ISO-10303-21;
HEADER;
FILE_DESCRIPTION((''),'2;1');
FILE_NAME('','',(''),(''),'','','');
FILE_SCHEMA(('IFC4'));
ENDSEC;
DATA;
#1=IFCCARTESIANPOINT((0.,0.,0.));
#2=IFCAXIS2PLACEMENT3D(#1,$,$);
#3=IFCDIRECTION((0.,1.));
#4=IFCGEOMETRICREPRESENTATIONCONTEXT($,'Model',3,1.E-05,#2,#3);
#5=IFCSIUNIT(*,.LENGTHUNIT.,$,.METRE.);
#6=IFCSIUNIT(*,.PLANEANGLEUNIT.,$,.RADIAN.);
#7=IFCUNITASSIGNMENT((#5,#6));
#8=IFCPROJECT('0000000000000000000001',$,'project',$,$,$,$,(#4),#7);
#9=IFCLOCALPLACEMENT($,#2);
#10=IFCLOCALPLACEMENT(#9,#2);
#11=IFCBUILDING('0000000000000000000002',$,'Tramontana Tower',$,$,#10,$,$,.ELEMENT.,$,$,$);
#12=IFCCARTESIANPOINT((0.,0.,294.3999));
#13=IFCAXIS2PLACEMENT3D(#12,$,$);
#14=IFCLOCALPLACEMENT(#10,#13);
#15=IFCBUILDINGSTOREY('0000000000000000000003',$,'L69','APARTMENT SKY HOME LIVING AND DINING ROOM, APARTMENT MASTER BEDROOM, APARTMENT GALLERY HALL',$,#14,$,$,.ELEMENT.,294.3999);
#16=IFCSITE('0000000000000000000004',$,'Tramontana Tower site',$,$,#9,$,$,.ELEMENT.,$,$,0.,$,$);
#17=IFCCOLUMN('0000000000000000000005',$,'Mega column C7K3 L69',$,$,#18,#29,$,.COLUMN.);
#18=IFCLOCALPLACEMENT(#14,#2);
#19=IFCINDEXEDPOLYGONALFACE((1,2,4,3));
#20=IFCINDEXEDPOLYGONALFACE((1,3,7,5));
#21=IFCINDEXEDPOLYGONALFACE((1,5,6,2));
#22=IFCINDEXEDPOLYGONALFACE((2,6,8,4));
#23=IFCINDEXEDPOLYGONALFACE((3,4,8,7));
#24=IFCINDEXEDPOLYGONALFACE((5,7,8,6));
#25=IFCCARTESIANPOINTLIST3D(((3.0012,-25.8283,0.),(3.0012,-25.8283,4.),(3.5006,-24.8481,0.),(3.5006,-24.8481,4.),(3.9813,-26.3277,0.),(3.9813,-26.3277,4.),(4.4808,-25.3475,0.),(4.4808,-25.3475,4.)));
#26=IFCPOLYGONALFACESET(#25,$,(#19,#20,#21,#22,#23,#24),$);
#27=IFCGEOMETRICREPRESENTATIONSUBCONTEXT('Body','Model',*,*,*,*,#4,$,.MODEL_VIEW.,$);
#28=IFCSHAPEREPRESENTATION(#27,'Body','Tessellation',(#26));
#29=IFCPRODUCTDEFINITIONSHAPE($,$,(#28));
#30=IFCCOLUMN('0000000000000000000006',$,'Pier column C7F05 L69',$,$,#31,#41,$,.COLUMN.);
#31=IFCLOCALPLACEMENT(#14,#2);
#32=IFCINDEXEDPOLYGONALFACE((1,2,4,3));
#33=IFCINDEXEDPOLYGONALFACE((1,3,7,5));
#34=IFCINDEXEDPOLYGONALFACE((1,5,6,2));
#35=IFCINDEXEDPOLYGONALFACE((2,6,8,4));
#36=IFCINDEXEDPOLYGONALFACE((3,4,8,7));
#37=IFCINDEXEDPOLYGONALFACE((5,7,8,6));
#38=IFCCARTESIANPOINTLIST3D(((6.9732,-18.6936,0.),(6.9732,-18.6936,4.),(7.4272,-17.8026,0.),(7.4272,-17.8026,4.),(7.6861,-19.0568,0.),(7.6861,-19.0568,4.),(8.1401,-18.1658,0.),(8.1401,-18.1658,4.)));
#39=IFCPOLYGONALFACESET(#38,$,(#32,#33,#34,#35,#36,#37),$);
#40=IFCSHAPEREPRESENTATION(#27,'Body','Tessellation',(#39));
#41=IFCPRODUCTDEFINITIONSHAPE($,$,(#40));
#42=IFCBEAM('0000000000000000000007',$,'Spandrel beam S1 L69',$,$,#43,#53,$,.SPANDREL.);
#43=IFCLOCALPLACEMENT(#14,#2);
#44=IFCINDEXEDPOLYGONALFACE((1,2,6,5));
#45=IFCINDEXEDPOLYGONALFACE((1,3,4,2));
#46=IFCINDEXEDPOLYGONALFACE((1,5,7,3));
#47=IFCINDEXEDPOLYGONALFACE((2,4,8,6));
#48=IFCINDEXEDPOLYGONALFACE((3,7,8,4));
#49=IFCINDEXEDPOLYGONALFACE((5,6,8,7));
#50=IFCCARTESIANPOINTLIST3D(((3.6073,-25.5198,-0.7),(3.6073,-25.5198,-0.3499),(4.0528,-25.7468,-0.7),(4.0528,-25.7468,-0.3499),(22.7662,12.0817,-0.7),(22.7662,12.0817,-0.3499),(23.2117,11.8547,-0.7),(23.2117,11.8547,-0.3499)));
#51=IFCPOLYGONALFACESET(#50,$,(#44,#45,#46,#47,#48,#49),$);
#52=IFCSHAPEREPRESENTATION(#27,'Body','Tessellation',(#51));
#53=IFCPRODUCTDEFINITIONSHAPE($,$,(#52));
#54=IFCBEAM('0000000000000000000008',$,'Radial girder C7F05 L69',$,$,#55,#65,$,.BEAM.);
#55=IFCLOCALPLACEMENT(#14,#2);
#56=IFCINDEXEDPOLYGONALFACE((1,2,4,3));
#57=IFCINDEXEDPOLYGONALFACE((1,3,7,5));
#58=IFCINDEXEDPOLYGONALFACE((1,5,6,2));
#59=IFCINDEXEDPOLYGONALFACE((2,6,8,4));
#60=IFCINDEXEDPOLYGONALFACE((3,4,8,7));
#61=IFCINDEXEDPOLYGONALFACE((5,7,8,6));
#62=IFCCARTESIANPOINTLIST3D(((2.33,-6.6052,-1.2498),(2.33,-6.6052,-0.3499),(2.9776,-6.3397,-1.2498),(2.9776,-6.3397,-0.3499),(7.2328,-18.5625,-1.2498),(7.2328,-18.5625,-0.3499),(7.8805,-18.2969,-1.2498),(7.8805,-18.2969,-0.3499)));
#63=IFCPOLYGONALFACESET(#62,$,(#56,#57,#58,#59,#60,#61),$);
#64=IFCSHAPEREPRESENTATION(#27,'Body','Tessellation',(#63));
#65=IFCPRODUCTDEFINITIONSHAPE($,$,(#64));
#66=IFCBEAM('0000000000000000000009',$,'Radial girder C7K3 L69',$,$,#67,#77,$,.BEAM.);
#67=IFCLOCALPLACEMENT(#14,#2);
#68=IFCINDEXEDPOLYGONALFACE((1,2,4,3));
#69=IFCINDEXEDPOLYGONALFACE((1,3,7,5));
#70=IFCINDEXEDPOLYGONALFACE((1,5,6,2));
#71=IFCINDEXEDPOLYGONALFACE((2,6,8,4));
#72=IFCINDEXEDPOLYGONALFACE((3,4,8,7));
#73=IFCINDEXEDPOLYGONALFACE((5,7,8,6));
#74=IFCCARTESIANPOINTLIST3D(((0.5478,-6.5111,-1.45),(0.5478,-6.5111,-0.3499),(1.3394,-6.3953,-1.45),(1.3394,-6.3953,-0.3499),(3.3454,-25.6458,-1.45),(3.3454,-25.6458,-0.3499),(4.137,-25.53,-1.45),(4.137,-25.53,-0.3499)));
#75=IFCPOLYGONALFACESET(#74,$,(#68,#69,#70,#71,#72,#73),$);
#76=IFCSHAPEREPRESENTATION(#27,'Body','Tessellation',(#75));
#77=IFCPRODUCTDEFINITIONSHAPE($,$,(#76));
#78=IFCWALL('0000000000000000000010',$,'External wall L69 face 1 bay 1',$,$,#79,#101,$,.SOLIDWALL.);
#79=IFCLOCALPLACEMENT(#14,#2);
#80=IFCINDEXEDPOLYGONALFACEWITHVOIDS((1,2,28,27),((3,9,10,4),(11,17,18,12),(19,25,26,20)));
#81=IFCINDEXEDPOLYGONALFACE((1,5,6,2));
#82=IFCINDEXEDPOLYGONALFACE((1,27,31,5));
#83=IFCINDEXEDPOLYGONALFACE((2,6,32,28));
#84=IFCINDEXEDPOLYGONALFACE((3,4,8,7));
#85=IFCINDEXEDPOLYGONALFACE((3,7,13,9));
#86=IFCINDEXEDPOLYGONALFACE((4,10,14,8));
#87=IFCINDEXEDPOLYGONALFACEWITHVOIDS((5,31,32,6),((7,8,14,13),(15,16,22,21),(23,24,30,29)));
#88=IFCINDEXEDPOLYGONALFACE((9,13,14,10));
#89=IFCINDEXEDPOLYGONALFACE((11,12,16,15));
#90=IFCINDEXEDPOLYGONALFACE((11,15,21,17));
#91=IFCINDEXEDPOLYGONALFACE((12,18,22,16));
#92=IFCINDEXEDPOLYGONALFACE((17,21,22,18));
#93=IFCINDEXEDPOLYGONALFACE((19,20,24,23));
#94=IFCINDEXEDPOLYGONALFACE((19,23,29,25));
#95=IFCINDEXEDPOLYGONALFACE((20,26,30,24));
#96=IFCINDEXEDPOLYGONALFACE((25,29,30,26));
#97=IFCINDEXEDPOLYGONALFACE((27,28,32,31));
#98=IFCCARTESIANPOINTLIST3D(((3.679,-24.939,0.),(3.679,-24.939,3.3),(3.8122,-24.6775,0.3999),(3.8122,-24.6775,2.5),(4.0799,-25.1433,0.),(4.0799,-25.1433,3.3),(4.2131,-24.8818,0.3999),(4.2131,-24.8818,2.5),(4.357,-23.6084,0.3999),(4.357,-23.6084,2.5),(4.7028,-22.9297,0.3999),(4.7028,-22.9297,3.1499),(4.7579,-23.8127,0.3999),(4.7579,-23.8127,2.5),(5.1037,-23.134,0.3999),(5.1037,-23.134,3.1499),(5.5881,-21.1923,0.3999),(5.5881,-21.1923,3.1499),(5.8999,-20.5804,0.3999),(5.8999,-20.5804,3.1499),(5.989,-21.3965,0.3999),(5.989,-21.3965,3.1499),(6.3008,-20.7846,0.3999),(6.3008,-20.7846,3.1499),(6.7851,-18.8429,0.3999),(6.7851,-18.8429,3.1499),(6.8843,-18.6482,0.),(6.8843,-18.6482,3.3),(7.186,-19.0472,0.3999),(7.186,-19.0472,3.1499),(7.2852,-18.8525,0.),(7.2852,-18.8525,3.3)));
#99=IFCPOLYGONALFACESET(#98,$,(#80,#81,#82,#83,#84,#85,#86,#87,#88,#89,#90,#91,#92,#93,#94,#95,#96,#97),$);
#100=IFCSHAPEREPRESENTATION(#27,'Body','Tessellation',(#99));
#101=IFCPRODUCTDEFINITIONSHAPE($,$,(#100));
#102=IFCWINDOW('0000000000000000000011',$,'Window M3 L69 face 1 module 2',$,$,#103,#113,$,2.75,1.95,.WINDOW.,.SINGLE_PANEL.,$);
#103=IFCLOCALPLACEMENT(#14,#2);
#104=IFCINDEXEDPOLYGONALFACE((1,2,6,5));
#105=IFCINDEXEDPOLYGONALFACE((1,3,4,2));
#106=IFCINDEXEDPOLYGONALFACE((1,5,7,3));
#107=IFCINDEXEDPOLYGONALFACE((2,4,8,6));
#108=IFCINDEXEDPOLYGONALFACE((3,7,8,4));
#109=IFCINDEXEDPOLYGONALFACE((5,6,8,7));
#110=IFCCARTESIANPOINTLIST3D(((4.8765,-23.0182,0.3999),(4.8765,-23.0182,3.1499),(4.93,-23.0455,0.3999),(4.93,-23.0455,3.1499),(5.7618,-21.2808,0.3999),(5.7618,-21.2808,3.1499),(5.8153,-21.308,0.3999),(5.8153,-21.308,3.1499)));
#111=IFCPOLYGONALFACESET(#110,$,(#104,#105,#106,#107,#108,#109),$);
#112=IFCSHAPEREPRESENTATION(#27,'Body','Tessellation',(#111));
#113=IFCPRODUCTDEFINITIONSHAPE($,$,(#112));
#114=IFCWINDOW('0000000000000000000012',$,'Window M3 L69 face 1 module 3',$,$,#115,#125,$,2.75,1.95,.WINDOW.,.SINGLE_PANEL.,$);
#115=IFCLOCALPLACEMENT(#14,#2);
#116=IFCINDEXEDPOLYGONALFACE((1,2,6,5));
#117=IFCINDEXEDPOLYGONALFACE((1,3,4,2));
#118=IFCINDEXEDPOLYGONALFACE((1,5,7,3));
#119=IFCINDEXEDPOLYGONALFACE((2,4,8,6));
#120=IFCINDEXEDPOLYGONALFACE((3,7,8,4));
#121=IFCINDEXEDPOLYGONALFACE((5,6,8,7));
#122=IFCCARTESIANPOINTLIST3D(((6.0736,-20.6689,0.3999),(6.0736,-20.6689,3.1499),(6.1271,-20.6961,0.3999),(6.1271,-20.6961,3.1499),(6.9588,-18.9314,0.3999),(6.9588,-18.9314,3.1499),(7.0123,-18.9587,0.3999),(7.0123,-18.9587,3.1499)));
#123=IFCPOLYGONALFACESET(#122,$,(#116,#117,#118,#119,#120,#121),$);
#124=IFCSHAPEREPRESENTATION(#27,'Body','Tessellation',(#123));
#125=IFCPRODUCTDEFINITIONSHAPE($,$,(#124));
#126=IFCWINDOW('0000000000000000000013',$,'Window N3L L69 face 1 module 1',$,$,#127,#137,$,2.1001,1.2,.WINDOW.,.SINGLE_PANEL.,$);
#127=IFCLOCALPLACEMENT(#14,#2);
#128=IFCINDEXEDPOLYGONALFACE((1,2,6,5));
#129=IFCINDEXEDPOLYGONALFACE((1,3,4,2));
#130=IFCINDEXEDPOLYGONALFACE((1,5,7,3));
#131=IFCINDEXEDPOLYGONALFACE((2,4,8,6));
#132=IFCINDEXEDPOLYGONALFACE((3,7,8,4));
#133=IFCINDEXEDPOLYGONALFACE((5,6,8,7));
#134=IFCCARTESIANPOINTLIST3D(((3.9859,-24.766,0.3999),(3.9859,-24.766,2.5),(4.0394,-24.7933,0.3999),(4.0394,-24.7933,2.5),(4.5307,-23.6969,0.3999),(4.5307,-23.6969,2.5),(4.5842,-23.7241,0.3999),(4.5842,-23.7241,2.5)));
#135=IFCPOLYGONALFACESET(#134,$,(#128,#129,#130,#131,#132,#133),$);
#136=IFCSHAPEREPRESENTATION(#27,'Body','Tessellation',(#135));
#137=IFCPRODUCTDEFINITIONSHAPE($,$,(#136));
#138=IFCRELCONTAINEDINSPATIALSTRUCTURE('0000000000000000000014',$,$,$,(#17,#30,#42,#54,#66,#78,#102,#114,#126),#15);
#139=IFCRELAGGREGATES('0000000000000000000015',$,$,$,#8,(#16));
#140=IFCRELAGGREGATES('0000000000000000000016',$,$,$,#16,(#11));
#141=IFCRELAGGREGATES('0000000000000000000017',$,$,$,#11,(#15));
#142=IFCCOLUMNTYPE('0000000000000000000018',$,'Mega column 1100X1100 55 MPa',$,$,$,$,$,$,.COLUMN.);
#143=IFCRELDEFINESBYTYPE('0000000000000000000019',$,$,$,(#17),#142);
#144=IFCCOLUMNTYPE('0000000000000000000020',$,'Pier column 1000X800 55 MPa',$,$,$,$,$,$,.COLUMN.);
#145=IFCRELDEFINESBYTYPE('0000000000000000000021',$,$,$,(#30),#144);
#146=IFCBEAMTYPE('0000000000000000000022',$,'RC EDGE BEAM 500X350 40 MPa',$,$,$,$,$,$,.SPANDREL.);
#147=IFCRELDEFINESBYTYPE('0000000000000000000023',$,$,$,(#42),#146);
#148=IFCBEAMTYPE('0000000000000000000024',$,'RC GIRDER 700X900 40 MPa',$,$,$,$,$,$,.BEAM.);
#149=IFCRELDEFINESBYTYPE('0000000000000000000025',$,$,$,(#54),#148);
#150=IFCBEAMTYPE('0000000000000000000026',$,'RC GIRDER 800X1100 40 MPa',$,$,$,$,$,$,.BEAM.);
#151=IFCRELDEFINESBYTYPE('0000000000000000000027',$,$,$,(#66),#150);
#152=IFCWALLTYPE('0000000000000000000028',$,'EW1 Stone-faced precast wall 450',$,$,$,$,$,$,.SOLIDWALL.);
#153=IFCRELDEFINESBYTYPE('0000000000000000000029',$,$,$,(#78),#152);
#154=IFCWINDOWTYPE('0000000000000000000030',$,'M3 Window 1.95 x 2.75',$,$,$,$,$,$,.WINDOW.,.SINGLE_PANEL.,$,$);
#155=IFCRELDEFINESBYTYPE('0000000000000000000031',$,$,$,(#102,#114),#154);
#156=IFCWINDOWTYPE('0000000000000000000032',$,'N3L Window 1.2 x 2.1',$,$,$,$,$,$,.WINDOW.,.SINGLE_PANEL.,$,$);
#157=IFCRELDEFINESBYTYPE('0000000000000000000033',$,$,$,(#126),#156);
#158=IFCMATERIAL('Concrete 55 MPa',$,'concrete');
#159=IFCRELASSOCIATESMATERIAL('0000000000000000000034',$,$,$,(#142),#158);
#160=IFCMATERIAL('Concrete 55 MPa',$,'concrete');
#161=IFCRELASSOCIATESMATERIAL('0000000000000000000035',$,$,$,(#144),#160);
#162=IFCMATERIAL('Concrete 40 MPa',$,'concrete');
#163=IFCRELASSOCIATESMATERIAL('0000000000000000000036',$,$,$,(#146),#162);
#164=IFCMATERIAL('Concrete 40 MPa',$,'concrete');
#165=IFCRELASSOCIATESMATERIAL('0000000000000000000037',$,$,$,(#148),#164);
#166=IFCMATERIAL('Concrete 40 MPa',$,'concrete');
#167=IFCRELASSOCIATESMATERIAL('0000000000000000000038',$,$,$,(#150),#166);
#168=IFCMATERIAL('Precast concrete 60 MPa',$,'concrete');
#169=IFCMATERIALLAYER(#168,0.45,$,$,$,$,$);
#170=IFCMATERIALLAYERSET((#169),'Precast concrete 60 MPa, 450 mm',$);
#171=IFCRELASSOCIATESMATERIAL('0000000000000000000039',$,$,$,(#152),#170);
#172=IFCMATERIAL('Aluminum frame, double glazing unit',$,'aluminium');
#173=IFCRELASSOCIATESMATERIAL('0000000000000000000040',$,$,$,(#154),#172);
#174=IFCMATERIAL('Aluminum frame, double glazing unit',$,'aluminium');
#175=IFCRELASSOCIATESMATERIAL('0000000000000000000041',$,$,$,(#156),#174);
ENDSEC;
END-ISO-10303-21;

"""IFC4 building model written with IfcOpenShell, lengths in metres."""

from ifc_helpers import new_model, si_unit, direction, frame, frame_2d, origin, origin_2d, place, context, subcontext, project, spatial, rectangle, extrude, material, layer, layer_set, material_profile, profile_set, type_object, element, fill, save


model = new_model("IFC4")

# Units and contexts
model_context = context("Model", 3, precision=1e-05, world=origin(), true_north=direction((0.0, 1.0)))
body_context = subcontext(model_context, "Body", "Model", "MODEL_VIEW")
ifc_project = project(units=[si_unit("LENGTHUNIT", "METRE"), si_unit("PLANEANGLEUNIT", "RADIAN")], contexts=[model_context])

# Site, building, storey
site_placement = place(None, origin())
site = spatial("IfcSite", under=ifc_project, at=site_placement, Name="Tramontana Tower site", CompositionType="ELEMENT", RefElevation=0.0)
building_placement = place(site_placement, origin())
building = spatial("IfcBuilding", under=site, at=building_placement, Name="Tramontana Tower", CompositionType="ELEMENT")
storey_placement = place(building_placement, frame((0.0, 0.0, 294.3999)))
storey = spatial("IfcBuildingStorey", under=building, at=storey_placement, Name="L69", Description="APARTMENT SKY HOME LIVING AND DINING ROOM, APARTMENT MASTER BEDROOM, APARTMENT GALLERY HALL", CompositionType="ELEMENT", Elevation=294.3999)

# Columns
ifc_material_1 = material(Name="Concrete 55 MPa", Category="concrete")
ifc_material_profile_1 = material_profile(ifc_material_1, rectangle(XDim=1.1001, YDim=1.1001, at=origin_2d()), Name="Mega column 1100X1100 55 MPa")
ifc_profile_set_1 = profile_set([ifc_material_profile_1], Name="Concrete 55 MPa")
column_type_1 = type_object("IfcColumnType", Name="Mega column 1100X1100 55 MPa", PredefinedType="COLUMN", material=ifc_profile_set_1)
column_1_placement = place(storey_placement, frame((3.741, -25.5879, 0.0), z_axis=(0.0, 0.0, 1.0), x_axis=(0.45399, 0.891007, 0.0)))
element("IfcColumn", 1, at=column_1_placement, inside=storey, type_object=column_type_1, Name="Mega column C7K3 L69", PredefinedType="COLUMN", context=body_context, shape_type="SweptSolid", body=[
    extrude(rectangle(XDim=1.1001, YDim=1.1001, at=origin_2d()), origin(), (0.0, 0.0, 1.0), 4.0),
])
ifc_material_2 = material(Name="Concrete 55 MPa", Category="concrete")
ifc_material_profile_2 = material_profile(ifc_material_2, rectangle(XDim=1.0, YDim=0.8, at=origin_2d()), Name="Pier column 1000X800 55 MPa")
ifc_profile_set_2 = profile_set([ifc_material_profile_2], Name="Concrete 55 MPa")
column_type_2 = type_object("IfcColumnType", Name="Pier column 1000X800 55 MPa", PredefinedType="COLUMN", material=ifc_profile_set_2)
column_2_placement = place(storey_placement, frame((7.5566, -18.4297, 0.0), z_axis=(0.0, 0.0, 1.0), x_axis=(0.45399, 0.891007, 0.0)))
element("IfcColumn", 2, at=column_2_placement, inside=storey, type_object=column_type_2, Name="Pier column C7F05 L69", PredefinedType="COLUMN", context=body_context, shape_type="SweptSolid", body=[
    extrude(rectangle(XDim=1.0, YDim=0.8, at=origin_2d()), origin(), (0.0, 0.0, 1.0), 4.0),
])

# Beams
ifc_material_3 = material(Name="Concrete 40 MPa", Category="concrete")
ifc_material_profile_3 = material_profile(ifc_material_3, rectangle(XDim=0.5, YDim=0.3501, at=origin_2d()), Name="RC EDGE BEAM 500X350 40 MPa")
ifc_profile_set_3 = profile_set([ifc_material_profile_3], Name="Concrete 40 MPa")
beam_type_1 = type_object("IfcBeamType", Name="RC EDGE BEAM 500X350 40 MPa", PredefinedType="SPANDREL", material=ifc_profile_set_3)
beam_1_placement = place(storey_placement, frame((3.8301, -25.6333, -0.5249), z_axis=(0.45399, 0.891007, 0.0), x_axis=(-0.891007, 0.45399, 0.0)))
element("IfcBeam", 3, at=beam_1_placement, inside=storey, type_object=beam_type_1, Name="Spandrel beam S1 L69", PredefinedType="SPANDREL", context=body_context, shape_type="SweptSolid", body=[
    extrude(rectangle(XDim=0.5, YDim=0.3501, at=origin_2d()), origin(), (0.0, 0.0, 1.0), 42.2012),
])
ifc_material_4 = material(Name="Concrete 40 MPa", Category="concrete")
ifc_material_profile_4 = material_profile(ifc_material_4, rectangle(XDim=0.7, YDim=0.8999, at=origin_2d()), Name="RC GIRDER 700X900 40 MPa")
ifc_profile_set_4 = profile_set([ifc_material_profile_4], Name="Concrete 40 MPa")
beam_type_2 = type_object("IfcBeamType", Name="RC GIRDER 700X900 40 MPa", PredefinedType="BEAM", material=ifc_profile_set_4)
beam_2_placement = place(storey_placement, frame((7.5566, -18.4297, -0.7998), z_axis=(-0.379376, 0.925242, 0.0), x_axis=(-0.925242, -0.379376, 0.0)))
element("IfcBeam", 4, at=beam_2_placement, inside=storey, type_object=beam_type_2, Name="Radial girder C7F05 L69", PredefinedType="BEAM", context=body_context, shape_type="SweptSolid", body=[
    extrude(rectangle(XDim=0.7, YDim=0.8999, at=origin_2d()), origin(), (0.0, 0.0, 1.0), 12.9233),
])
ifc_material_5 = material(Name="Concrete 40 MPa", Category="concrete")
ifc_material_profile_5 = material_profile(ifc_material_5, rectangle(XDim=0.8, YDim=1.1001, at=origin_2d()), Name="RC GIRDER 800X1100 40 MPa")
ifc_profile_set_5 = profile_set([ifc_material_profile_5], Name="Concrete 40 MPa")
beam_type_3 = type_object("IfcBeamType", Name="RC GIRDER 800X1100 40 MPa", PredefinedType="BEAM", material=ifc_profile_set_5)
beam_3_placement = place(storey_placement, frame((3.7412, -25.5879, -0.8999), z_axis=(-0.144667, 0.98948, 0.0), x_axis=(-0.98948, -0.144667, 0.0)))
element("IfcBeam", 5, at=beam_3_placement, inside=storey, type_object=beam_type_3, Name="Radial girder C7K3 L69", PredefinedType="BEAM", context=body_context, shape_type="SweptSolid", body=[
    extrude(rectangle(XDim=0.8, YDim=1.1001, at=origin_2d()), origin(), (0.0, 0.0, 1.0), 19.3381),
])

# Wall, openings, windows
ifc_material_6 = material(Name="Precast concrete 60 MPa", Category="concrete")
ifc_layer_1 = layer(ifc_material_6, 0.45)
ifc_layer_set_1 = layer_set([ifc_layer_1], Name="Precast concrete 60 MPa, 450 mm")
wall_type_1 = type_object("IfcWallType", Name="EW1 Stone-faced precast wall 450", PredefinedType="SOLIDWALL", material=ifc_layer_set_1)
wall_1_placement = place(storey_placement, frame((3.8794, -25.0413, 0.0), z_axis=(0.0, 0.0, 1.0), x_axis=(0.453992, 0.891006, 0.0)))
wall_1 = element("IfcWall", 6, at=wall_1_placement, inside=storey, type_object=wall_type_1, Name="External wall L69 face 1 bay 1", PredefinedType="SOLIDWALL", context=body_context, shape_type="SweptSolid", body=[
    extrude(rectangle(XDim=7.0603, YDim=0.45, at=frame_2d((3.5303, 0.0))), origin(), (0.0, 0.0, 1.0), 3.3),
])
opening_1_placement = place(wall_1_placement, frame((0.2935, 0.0, 0.3999)))
opening_1 = element("IfcOpeningElement", 7, at=opening_1_placement, cuts=wall_1, PredefinedType="OPENING", context=body_context, shape_type="SweptSolid", body=[
    extrude(rectangle(XDim=1.2, YDim=2.1001, at=frame_2d((0.6001, 1.05))), frame((0.0, 0.2349, 0.0), z_axis=(0.0, -1.0, 0.0), x_axis=(1.0, 0.0, 0.0)), (0.0, 0.0, 1.0), 0.47),
])
opening_2_placement = place(wall_1_placement, frame((2.2551, 0.0, 0.3999)))
opening_2 = element("IfcOpeningElement", 8, at=opening_2_placement, cuts=wall_1, PredefinedType="OPENING", context=body_context, shape_type="SweptSolid", body=[
    extrude(rectangle(XDim=1.95, YDim=2.75, at=frame_2d((0.9751, 1.375))), frame((0.0, 0.2349, 0.0), z_axis=(0.0, -1.0, 0.0), x_axis=(1.0, 0.0, 0.0)), (0.0, 0.0, 1.0), 0.47),
])
opening_3_placement = place(wall_1_placement, frame((4.8918, 0.0, 0.3999)))
opening_3 = element("IfcOpeningElement", 9, at=opening_3_placement, cuts=wall_1, PredefinedType="OPENING", context=body_context, shape_type="SweptSolid", body=[
    extrude(rectangle(XDim=1.95, YDim=2.75, at=frame_2d((0.9751, 1.375))), frame((0.0, 0.2349, 0.0), z_axis=(0.0, -1.0, 0.0), x_axis=(1.0, 0.0, 0.0)), (0.0, 0.0, 1.0), 0.47),
])
ifc_material_7 = material(Name="Aluminum frame, double glazing unit", Category="aluminium")
window_type_1 = type_object("IfcWindowType", Name="M3 Window 1.95 x 2.75", PartitioningType="SINGLE_PANEL", PredefinedType="WINDOW", material=ifc_material_7)
window_1_placement = place(opening_2_placement, origin())
window_1 = element("IfcWindow", 10, at=window_1_placement, inside=storey, type_object=window_type_1, Name="Window M3 L69 face 1 module 2", OverallHeight=2.75, OverallWidth=1.95, PartitioningType="SINGLE_PANEL", PredefinedType="WINDOW", context=body_context, shape_type="SweptSolid", body=[
    extrude(rectangle(XDim=1.95, YDim=2.75, at=frame_2d((0.9751, 1.375))), frame((0.0, 0.03, 0.0), z_axis=(0.0, -1.0, 0.0), x_axis=(1.0, 0.0, 0.0)), (0.0, 0.0, 1.0), 0.0601),
])
fill(opening_2, window_1)
window_2_placement = place(opening_3_placement, origin())
window_2 = element("IfcWindow", 11, at=window_2_placement, inside=storey, type_object=window_type_1, Name="Window M3 L69 face 1 module 3", OverallHeight=2.75, OverallWidth=1.95, PartitioningType="SINGLE_PANEL", PredefinedType="WINDOW", context=body_context, shape_type="SweptSolid", body=[
    extrude(rectangle(XDim=1.95, YDim=2.75, at=frame_2d((0.9751, 1.375))), frame((0.0, 0.03, 0.0), z_axis=(0.0, -1.0, 0.0), x_axis=(1.0, 0.0, 0.0)), (0.0, 0.0, 1.0), 0.0601),
])
fill(opening_3, window_2)
ifc_material_8 = material(Name="Aluminum frame, double glazing unit", Category="aluminium")
window_type_2 = type_object("IfcWindowType", Name="N3L Window 1.2 x 2.1", PartitioningType="SINGLE_PANEL", PredefinedType="WINDOW", material=ifc_material_8)
window_3_placement = place(opening_1_placement, origin())
window_3 = element("IfcWindow", 12, at=window_3_placement, inside=storey, type_object=window_type_2, Name="Window N3L L69 face 1 module 1", OverallHeight=2.1001, OverallWidth=1.2, PartitioningType="SINGLE_PANEL", PredefinedType="WINDOW", context=body_context, shape_type="SweptSolid", body=[
    extrude(rectangle(XDim=1.2, YDim=2.1001, at=frame_2d((0.6001, 1.05))), frame((0.0, 0.03, 0.0), z_axis=(0.0, -1.0, 0.0), x_axis=(1.0, 0.0, 0.0)), (0.0, 0.0, 1.0), 0.0601),
])
fill(opening_1, window_3)

save(model, "model.ifc")
